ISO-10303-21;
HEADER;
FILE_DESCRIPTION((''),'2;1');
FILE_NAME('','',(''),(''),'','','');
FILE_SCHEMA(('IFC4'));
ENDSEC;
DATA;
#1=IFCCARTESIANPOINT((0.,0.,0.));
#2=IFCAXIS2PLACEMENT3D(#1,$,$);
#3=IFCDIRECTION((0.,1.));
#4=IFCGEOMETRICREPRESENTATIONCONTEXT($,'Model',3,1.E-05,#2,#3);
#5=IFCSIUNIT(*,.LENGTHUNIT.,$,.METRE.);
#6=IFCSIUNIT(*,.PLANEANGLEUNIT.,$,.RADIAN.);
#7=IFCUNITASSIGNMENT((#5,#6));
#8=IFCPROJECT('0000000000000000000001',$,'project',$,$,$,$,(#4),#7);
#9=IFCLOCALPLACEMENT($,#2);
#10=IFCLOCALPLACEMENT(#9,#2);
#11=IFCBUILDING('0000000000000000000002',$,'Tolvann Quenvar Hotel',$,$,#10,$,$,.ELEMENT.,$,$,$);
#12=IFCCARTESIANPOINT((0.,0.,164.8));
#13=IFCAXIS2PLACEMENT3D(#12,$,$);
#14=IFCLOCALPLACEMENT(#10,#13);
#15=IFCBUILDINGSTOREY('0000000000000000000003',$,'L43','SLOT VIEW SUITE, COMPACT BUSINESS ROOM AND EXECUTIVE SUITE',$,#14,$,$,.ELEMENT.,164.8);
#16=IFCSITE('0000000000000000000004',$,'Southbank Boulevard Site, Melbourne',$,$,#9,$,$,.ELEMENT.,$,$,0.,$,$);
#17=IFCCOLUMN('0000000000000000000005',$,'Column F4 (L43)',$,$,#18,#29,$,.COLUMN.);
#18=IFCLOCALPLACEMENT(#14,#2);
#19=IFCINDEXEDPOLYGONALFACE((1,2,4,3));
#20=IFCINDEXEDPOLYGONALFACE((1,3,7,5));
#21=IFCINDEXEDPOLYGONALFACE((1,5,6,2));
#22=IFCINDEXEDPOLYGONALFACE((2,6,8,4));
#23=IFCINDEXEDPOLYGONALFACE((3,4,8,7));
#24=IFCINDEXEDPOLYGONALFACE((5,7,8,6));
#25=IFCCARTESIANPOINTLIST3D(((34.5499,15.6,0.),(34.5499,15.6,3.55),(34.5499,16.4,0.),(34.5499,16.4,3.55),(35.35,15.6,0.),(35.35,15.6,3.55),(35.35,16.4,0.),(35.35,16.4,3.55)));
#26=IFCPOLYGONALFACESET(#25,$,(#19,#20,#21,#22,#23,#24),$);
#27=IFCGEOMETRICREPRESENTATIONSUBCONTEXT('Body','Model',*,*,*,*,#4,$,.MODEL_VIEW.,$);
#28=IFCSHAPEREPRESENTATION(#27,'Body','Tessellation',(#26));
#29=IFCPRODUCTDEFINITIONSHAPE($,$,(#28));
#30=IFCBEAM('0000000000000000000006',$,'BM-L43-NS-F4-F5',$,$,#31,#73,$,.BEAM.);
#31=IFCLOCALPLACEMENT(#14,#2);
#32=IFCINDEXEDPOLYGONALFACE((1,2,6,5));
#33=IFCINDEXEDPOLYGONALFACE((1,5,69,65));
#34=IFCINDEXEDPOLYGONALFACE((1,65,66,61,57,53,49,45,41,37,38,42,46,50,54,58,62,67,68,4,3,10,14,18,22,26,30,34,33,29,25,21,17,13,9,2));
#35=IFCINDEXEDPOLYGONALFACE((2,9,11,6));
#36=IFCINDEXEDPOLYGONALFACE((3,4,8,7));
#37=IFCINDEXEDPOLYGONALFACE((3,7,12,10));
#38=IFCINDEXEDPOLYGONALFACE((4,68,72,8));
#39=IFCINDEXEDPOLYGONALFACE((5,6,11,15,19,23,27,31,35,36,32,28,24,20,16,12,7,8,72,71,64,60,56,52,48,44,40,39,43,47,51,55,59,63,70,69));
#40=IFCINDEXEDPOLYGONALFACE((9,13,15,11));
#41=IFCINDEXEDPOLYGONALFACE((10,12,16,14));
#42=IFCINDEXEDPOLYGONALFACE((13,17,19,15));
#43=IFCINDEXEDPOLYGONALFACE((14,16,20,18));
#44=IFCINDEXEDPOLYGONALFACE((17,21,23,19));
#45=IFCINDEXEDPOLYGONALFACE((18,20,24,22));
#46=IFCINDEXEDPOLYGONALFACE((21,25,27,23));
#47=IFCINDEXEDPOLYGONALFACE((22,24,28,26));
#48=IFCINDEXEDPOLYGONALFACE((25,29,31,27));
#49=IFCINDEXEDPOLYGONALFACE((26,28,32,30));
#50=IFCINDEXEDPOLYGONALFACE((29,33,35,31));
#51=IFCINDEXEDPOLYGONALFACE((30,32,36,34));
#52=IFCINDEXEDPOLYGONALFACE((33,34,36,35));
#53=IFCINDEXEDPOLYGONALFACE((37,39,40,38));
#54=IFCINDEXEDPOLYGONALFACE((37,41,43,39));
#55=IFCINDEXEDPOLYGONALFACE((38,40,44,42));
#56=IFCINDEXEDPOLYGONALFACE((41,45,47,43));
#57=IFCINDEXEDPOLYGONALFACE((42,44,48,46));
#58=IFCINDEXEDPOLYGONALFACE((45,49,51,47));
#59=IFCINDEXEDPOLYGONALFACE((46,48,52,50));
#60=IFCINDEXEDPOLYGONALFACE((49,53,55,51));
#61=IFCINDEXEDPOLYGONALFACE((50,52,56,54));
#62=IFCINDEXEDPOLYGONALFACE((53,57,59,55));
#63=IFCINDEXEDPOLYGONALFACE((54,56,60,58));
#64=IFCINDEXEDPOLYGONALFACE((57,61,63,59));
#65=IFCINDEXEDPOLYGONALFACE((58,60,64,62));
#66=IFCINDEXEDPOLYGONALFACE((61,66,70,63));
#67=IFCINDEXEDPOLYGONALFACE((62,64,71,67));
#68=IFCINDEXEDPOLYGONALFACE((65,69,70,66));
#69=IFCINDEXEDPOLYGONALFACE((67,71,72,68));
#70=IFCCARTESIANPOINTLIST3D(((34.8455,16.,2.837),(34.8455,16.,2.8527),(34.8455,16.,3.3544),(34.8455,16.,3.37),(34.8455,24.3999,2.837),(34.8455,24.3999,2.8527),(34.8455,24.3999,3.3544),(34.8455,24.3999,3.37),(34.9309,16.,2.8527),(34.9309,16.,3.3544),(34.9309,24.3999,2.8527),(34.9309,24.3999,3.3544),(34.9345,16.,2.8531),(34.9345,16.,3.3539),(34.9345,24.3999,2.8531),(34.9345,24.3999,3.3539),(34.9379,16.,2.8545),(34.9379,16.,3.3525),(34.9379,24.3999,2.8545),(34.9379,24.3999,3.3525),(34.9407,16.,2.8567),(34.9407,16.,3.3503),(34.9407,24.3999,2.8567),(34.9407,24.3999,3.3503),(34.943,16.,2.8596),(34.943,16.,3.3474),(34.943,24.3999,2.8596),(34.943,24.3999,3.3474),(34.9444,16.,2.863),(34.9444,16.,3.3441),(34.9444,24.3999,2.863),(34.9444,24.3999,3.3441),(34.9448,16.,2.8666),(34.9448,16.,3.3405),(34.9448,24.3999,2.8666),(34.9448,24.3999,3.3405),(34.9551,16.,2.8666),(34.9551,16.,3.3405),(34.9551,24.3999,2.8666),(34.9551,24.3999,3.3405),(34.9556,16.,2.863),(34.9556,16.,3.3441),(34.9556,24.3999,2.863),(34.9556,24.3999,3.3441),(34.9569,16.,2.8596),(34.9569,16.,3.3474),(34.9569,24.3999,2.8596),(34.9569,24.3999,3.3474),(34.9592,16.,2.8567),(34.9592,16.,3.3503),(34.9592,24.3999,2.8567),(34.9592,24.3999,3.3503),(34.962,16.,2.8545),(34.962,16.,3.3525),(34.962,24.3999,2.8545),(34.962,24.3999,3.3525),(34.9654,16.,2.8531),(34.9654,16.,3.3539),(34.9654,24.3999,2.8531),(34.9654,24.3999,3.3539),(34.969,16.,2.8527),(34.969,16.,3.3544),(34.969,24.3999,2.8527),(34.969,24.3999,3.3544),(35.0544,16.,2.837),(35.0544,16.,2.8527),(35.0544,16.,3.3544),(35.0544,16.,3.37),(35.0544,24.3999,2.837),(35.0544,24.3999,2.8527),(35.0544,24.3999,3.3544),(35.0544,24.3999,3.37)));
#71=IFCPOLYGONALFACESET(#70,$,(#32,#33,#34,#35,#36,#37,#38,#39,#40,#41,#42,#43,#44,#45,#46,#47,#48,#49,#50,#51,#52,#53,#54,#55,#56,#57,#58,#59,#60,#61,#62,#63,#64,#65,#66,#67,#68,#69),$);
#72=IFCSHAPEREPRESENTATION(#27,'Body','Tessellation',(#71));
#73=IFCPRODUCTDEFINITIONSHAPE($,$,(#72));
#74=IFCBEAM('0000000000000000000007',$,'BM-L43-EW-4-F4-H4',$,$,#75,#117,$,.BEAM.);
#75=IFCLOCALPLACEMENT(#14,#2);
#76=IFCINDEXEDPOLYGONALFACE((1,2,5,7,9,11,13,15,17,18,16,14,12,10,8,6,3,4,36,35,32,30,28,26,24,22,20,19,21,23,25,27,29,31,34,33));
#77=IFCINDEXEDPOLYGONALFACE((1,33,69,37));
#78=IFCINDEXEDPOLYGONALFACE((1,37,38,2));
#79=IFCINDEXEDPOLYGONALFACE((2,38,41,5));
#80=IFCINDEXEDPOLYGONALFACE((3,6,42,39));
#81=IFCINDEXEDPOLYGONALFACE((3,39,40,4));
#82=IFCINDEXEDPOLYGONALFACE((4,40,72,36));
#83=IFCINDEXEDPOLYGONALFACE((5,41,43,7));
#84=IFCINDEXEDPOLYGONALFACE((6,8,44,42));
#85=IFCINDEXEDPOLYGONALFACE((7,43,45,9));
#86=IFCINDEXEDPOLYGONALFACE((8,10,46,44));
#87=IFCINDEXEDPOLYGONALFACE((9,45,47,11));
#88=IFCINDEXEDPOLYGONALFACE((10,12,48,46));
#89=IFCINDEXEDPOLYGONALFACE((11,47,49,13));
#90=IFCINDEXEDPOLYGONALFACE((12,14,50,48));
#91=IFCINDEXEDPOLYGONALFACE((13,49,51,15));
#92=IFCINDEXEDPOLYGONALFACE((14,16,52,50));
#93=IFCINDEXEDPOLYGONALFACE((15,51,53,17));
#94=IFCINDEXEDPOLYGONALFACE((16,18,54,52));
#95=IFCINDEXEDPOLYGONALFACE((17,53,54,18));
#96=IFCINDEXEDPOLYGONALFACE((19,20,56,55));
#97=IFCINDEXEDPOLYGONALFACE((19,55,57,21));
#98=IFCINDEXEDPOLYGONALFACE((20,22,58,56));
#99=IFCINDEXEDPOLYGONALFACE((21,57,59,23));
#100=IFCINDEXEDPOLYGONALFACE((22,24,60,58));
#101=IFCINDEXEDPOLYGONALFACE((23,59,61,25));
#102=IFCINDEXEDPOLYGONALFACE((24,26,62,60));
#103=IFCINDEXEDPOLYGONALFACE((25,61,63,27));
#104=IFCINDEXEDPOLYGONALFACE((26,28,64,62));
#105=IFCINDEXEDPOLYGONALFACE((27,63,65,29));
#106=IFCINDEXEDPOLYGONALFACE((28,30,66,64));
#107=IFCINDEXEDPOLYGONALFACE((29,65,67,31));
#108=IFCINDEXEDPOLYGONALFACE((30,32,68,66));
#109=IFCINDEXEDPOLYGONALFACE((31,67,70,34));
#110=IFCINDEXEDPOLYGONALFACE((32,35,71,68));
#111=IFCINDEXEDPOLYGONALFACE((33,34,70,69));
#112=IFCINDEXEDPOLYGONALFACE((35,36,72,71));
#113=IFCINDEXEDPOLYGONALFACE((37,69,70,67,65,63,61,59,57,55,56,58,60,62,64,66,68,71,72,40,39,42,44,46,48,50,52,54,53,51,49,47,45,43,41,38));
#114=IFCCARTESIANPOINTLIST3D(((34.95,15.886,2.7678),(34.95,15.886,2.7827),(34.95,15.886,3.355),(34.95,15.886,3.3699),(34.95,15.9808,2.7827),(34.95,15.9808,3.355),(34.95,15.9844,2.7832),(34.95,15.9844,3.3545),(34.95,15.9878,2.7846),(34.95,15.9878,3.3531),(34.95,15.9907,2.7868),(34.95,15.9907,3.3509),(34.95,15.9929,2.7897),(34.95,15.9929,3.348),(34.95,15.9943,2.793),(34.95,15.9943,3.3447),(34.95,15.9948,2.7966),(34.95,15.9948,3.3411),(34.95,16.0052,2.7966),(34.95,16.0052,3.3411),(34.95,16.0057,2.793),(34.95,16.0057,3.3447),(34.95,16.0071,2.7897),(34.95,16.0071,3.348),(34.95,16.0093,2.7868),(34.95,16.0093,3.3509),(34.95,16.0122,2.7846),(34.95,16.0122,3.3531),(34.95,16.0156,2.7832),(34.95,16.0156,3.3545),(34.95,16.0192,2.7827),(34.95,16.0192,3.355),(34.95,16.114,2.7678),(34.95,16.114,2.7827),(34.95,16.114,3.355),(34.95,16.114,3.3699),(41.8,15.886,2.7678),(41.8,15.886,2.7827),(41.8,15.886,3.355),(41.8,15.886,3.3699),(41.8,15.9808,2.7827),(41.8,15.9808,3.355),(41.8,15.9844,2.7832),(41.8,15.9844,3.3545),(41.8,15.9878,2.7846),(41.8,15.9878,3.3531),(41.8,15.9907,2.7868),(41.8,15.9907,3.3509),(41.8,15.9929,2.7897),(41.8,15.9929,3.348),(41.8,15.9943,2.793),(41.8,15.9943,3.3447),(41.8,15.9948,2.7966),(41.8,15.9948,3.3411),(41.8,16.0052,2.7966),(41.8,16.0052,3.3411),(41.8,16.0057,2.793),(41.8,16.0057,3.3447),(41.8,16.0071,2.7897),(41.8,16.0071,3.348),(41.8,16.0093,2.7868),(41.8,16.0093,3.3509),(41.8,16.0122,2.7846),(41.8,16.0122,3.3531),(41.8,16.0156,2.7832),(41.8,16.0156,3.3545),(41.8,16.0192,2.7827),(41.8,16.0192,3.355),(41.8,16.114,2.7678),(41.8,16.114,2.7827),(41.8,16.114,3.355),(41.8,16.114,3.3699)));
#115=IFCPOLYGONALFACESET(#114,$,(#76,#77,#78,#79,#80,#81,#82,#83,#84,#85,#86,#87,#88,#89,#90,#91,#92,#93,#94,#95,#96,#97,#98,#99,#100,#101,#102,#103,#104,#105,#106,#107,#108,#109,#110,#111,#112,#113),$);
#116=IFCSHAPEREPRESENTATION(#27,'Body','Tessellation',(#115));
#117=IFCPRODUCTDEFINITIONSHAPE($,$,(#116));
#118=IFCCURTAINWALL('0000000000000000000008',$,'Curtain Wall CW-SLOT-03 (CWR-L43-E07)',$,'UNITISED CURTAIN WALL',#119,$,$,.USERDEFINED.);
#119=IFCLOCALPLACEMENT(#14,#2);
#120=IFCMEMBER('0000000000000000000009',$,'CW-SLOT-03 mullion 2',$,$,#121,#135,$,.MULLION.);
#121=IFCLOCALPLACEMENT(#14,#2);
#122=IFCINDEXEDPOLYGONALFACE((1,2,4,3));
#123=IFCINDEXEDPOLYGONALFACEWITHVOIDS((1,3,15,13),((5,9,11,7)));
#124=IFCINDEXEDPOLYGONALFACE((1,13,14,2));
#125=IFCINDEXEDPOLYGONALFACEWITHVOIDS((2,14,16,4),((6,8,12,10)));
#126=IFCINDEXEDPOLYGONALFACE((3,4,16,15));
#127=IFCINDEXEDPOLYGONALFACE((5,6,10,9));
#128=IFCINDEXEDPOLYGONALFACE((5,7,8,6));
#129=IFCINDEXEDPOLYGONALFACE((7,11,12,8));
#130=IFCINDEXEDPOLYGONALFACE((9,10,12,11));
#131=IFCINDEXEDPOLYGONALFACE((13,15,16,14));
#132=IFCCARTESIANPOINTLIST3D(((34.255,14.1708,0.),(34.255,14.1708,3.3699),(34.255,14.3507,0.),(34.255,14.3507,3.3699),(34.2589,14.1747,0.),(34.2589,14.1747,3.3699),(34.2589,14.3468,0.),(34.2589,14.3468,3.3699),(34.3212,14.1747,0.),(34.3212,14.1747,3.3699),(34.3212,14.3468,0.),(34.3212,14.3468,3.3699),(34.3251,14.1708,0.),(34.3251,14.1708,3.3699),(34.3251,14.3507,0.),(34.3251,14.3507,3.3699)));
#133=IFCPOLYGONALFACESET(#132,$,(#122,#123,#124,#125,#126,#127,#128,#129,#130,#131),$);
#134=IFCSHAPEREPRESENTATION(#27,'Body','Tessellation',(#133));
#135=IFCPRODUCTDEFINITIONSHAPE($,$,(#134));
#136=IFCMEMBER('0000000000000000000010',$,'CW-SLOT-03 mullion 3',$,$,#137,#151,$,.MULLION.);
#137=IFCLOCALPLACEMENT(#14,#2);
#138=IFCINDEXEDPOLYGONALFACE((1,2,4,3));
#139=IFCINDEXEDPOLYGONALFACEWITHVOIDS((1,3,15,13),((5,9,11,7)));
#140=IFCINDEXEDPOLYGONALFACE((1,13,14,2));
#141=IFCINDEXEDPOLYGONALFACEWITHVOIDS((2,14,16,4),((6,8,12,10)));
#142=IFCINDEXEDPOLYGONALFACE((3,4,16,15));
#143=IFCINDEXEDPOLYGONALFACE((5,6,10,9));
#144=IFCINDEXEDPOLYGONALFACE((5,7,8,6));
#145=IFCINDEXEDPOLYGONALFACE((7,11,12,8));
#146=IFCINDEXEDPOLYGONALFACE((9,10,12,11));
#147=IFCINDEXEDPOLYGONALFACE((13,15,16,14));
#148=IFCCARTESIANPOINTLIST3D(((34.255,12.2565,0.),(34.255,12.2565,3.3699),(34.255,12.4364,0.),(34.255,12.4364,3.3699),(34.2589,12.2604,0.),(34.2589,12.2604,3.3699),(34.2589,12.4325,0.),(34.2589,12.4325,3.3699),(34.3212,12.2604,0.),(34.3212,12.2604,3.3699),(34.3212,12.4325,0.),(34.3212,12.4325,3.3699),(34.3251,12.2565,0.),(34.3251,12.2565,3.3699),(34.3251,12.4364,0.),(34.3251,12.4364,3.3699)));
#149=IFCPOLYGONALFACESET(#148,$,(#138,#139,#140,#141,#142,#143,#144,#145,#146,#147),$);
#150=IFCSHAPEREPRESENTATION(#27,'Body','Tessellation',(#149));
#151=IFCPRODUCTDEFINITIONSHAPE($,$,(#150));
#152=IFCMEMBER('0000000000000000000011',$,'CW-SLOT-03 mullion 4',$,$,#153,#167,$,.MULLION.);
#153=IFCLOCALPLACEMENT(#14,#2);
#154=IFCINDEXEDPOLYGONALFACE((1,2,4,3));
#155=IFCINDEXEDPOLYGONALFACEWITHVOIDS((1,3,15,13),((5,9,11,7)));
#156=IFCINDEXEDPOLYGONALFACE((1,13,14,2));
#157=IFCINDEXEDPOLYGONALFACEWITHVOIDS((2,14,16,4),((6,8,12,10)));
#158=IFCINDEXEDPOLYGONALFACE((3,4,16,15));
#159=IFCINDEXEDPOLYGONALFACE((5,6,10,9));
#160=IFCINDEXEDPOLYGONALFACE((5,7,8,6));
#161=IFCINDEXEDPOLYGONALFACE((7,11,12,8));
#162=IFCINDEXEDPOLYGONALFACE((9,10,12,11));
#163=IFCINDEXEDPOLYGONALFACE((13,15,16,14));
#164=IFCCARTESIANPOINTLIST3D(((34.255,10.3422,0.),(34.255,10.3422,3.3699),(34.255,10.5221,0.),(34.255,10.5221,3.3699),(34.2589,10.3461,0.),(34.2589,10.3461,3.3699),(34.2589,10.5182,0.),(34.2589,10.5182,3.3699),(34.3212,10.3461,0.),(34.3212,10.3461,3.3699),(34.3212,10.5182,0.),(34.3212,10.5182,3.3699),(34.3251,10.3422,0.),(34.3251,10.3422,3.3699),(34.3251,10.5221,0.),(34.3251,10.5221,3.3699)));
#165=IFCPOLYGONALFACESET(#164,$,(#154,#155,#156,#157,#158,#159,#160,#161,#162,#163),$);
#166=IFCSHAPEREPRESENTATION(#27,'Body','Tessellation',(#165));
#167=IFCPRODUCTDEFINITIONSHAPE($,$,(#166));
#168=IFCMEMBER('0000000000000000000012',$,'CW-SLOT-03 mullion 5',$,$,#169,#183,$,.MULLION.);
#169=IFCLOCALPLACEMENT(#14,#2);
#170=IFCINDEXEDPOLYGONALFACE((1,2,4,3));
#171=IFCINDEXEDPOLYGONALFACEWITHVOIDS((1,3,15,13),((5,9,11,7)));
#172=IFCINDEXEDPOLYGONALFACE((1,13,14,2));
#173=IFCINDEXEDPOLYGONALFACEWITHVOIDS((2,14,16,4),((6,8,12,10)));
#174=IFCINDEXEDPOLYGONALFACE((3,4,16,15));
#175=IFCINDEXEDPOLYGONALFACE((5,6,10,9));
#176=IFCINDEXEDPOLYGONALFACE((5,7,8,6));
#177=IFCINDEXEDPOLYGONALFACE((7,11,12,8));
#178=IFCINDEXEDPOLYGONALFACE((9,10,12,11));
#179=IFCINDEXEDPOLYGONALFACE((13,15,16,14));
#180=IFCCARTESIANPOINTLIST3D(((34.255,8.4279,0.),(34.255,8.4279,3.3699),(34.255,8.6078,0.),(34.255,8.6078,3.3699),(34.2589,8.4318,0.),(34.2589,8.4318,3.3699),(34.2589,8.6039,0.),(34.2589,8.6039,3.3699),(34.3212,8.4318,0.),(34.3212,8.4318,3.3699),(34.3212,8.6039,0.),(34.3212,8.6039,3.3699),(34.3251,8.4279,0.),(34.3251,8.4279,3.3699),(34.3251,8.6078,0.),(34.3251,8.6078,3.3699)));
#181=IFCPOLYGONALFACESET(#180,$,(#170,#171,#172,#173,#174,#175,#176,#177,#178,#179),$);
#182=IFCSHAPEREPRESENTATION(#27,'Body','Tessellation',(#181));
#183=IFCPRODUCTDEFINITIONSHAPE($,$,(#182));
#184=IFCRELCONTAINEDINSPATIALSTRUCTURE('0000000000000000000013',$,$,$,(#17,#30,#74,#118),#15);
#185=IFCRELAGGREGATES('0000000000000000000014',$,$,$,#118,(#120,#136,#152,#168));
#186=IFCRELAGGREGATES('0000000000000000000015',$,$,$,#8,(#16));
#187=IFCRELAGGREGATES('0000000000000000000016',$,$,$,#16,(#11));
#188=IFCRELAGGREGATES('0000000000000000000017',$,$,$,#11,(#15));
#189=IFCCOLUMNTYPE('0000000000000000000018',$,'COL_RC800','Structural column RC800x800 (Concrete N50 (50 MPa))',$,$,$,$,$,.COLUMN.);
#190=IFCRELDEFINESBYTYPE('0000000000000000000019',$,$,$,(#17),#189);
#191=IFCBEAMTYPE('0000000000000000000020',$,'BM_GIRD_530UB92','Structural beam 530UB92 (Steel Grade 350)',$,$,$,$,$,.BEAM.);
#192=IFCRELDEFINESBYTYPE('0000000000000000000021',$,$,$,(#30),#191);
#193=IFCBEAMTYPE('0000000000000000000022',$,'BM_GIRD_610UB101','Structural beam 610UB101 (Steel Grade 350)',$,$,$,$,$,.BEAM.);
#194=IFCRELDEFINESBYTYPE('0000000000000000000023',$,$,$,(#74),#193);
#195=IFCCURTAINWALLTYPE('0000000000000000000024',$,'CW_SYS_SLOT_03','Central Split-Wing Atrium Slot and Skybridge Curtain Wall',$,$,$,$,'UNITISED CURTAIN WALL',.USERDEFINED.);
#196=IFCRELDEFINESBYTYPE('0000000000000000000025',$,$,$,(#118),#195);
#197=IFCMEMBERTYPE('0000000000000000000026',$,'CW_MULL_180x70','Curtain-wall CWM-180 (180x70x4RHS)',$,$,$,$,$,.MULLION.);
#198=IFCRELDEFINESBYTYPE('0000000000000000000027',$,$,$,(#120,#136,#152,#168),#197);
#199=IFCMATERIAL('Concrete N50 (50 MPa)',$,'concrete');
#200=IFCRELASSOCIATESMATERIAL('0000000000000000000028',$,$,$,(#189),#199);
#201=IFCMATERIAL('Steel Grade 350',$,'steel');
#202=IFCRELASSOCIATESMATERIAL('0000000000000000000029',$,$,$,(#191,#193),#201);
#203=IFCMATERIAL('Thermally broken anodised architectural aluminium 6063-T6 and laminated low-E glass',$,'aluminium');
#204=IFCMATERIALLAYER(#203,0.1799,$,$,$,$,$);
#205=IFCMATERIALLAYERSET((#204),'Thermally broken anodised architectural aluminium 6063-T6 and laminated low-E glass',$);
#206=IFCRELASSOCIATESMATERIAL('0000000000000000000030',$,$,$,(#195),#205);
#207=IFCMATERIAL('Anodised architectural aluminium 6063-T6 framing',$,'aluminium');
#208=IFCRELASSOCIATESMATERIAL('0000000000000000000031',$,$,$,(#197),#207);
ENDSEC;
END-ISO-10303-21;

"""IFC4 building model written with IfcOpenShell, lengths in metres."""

from ifc_helpers import new_model, si_unit, direction, frame, origin, origin_2d, place, context, subcontext, project, spatial, rectangle, hollow_rectangle, i_section, extrude, source, transform, mapped, material, layer, layer_set, material_profile, profile_set, type_object, type_shapes, element, aggregate, save


model = new_model("IFC4")

# Units and contexts
model_context = context("Model", 3, precision=1e-05, world=origin(), true_north=direction((0.0, 1.0)))
body_context = subcontext(model_context, "Body", "Model", "MODEL_VIEW")
ifc_project = project(units=[si_unit("LENGTHUNIT", "METRE"), si_unit("PLANEANGLEUNIT", "RADIAN")], contexts=[model_context])

# Site, building, storey
site_placement = place(None, origin())
site = spatial("IfcSite", under=ifc_project, at=site_placement, Name="Southbank Boulevard Site, Melbourne", CompositionType="ELEMENT", RefElevation=0.0)
building_placement = place(site_placement, origin())
building = spatial("IfcBuilding", under=site, at=building_placement, Name="Tolvann Quenvar Hotel", CompositionType="ELEMENT")
storey_placement = place(building_placement, frame((0.0, 0.0, 164.8)))
storey = spatial("IfcBuildingStorey", under=building, at=storey_placement, Name="L43", Description="SLOT VIEW SUITE, COMPACT BUSINESS ROOM AND EXECUTIVE SUITE", CompositionType="ELEMENT", Elevation=164.8)

# Column
ifc_material_1 = material(Name="Concrete N50 (50 MPa)", Category="concrete")
ifc_material_profile_1 = material_profile(ifc_material_1, rectangle(XDim=0.8, YDim=0.8, at=origin_2d()), Name="RC800x800")
ifc_profile_set_1 = profile_set([ifc_material_profile_1], Name="Concrete N50 (50 MPa)")
column_type = type_object("IfcColumnType", Name="COL_RC800", Description="Structural column RC800x800 (Concrete N50 (50 MPa))", PredefinedType="COLUMN", material=ifc_profile_set_1)
shared_shape_1 = source(origin(), body_context, "Body", "SweptSolid", [
    extrude(rectangle(XDim=0.8, YDim=0.8, at=origin_2d()), origin(), (0.0, 0.0, 1.0), 3.55),
])
type_shapes(column_type, [shared_shape_1])
column_placement = place(storey_placement, frame((34.95, 16.0, 0.0), z_axis=(0.0, 0.0, 1.0), x_axis=(1.0, 0.0, 0.0)))
element("IfcColumn", 1, at=column_placement, inside=storey, type_object=column_type, Name="Column F4 (L43)", PredefinedType="COLUMN", context=body_context, shape_type="MappedRepresentation", body=[
    mapped(shared_shape_1, transform((0.0, 0.0, 0.0), x_axis=(1.0, 0.0, 0.0), y_axis=(0.0, 1.0, 0.0), z_axis=(0.0, 0.0, 1.0), scale=1.0)),
])

# Beams
ifc_material_2 = material(Name="Steel Grade 350", Category="steel")
ifc_material_profile_2 = material_profile(ifc_material_2, i_section(OverallWidth=0.209, OverallDepth=0.533, WebThickness=0.0103, FlangeThickness=0.0156, FilletRadius=0.0139, at=origin_2d()), Name="530UB92")
ifc_profile_set_2 = profile_set([ifc_material_profile_2], Name="Steel Grade 350")
beam_type_1 = type_object("IfcBeamType", Name="BM_GIRD_530UB92", Description="Structural beam 530UB92 (Steel Grade 350)", PredefinedType="BEAM", material=ifc_profile_set_2)
shared_shape_2 = source(origin(), body_context, "Body", "SweptSolid", [
    extrude(i_section(OverallWidth=0.209, OverallDepth=0.533, WebThickness=0.0103, FlangeThickness=0.0156, FilletRadius=0.0139, at=origin_2d()), origin(), (0.0, 0.0, 1.0), 8.3999),
])
type_shapes(beam_type_1, [shared_shape_2])
beam_1_placement = place(storey_placement, frame((34.95, 16.0, 3.1035), z_axis=(0.0, 1.0, 0.0), x_axis=(-1.0, 0.0, 0.0)))
element("IfcBeam", 2, at=beam_1_placement, inside=storey, type_object=beam_type_1, Name="BM-L43-NS-F4-F5", PredefinedType="BEAM", context=body_context, shape_type="MappedRepresentation", body=[
    mapped(shared_shape_2, transform((0.0, 0.0, 0.0), x_axis=(1.0, 0.0, 0.0), y_axis=(0.0, 1.0, 0.0), z_axis=(0.0, 0.0, 1.0), scale=1.0)),
])
ifc_material_profile_3 = material_profile(ifc_material_2, i_section(OverallWidth=0.228, OverallDepth=0.6021, WebThickness=0.0105, FlangeThickness=0.0149, FilletRadius=0.0139, at=origin_2d()), Name="610UB101")
ifc_profile_set_3 = profile_set([ifc_material_profile_3], Name="Steel Grade 350")
beam_type_2 = type_object("IfcBeamType", Name="BM_GIRD_610UB101", Description="Structural beam 610UB101 (Steel Grade 350)", PredefinedType="BEAM", material=ifc_profile_set_3)
shared_shape_3 = source(origin(), body_context, "Body", "SweptSolid", [
    extrude(i_section(OverallWidth=0.228, OverallDepth=0.6021, WebThickness=0.0105, FlangeThickness=0.0149, FilletRadius=0.0139, at=origin_2d()), origin(), (0.0, 0.0, 1.0), 6.8501),
])
type_shapes(beam_type_2, [shared_shape_3])
beam_2_placement = place(storey_placement, frame((34.95, 16.0, 3.0688), z_axis=(1.0, 0.0, 0.0), x_axis=(0.0, 1.0, 0.0)))
element("IfcBeam", 3, at=beam_2_placement, inside=storey, type_object=beam_type_2, Name="BM-L43-EW-4-F4-H4", PredefinedType="BEAM", context=body_context, shape_type="MappedRepresentation", body=[
    mapped(shared_shape_3, transform((0.0, 0.0, 0.0), x_axis=(1.0, 0.0, 0.0), y_axis=(0.0, 1.0, 0.0), z_axis=(0.0, 0.0, 1.0), scale=1.0)),
])

# Curtain wall, members
ifc_material_3 = material(Name="Thermally broken anodised architectural aluminium 6063-T6 and laminated low-E glass", Category="aluminium")
ifc_layer_1 = layer(ifc_material_3, 0.1799)
ifc_layer_set_1 = layer_set([ifc_layer_1], Name="Thermally broken anodised architectural aluminium 6063-T6 and laminated low-E glass")
curtain_wall_type = type_object("IfcCurtainWallType", Name="CW_SYS_SLOT_03", Description="Central Split-Wing Atrium Slot and Skybridge Curtain Wall", ElementType="UNITISED CURTAIN WALL", PredefinedType="USERDEFINED", material=ifc_layer_set_1)
curtain_wall_placement = place(storey_placement, origin())
curtain_wall = element("IfcCurtainWall", 4, at=curtain_wall_placement, inside=storey, type_object=curtain_wall_type, Name="Curtain Wall CW-SLOT-03 (CWR-L43-E07)", ObjectType="UNITISED CURTAIN WALL", PredefinedType="USERDEFINED")
ifc_material_4 = material(Name="Anodised architectural aluminium 6063-T6 framing", Category="aluminium")
ifc_material_profile_4 = material_profile(ifc_material_4, hollow_rectangle(XDim=0.0701, YDim=0.1799, WallThickness=0.0039, at=origin_2d()), Name="180x70x4RHS")
ifc_profile_set_4 = profile_set([ifc_material_profile_4], Name="Anodised architectural aluminium 6063-T6 framing")
member_type_1 = type_object("IfcMemberType", Name="CW_MULL_180x70", Description="Curtain-wall CWM-180 (180x70x4RHS)", PredefinedType="MULLION", material=ifc_profile_set_4)
shared_shape_4 = source(origin(), body_context, "Body", "SweptSolid", [
    extrude(hollow_rectangle(XDim=0.0701, YDim=0.1799, WallThickness=0.0039, at=origin_2d()), origin(), (0.0, 0.0, 1.0), 3.3699),
])
type_shapes(member_type_1, [shared_shape_4])
member_1_placement = place(storey_placement, frame((34.29, 14.2607, 0.0), z_axis=(0.0, 0.0, 1.0), x_axis=(1.0, 0.0, 0.0)))
member_1 = element("IfcMember", 5, at=member_1_placement, type_object=member_type_1, Name="CW-SLOT-03 mullion 2", PredefinedType="MULLION", context=body_context, shape_type="MappedRepresentation", body=[
    mapped(shared_shape_4, transform((0.0, 0.0, 0.0), x_axis=(1.0, 0.0, 0.0), y_axis=(0.0, 1.0, 0.0), z_axis=(0.0, 0.0, 1.0), scale=1.0)),
])
member_2_placement = place(storey_placement, frame((34.29, 12.3464, 0.0), z_axis=(0.0, 0.0, 1.0), x_axis=(1.0, 0.0, 0.0)))
member_2 = element("IfcMember", 6, at=member_2_placement, type_object=member_type_1, Name="CW-SLOT-03 mullion 3", PredefinedType="MULLION", context=body_context, shape_type="MappedRepresentation", body=[
    mapped(shared_shape_4, transform((0.0, 0.0, 0.0), x_axis=(1.0, 0.0, 0.0), y_axis=(0.0, 1.0, 0.0), z_axis=(0.0, 0.0, 1.0), scale=1.0)),
])
member_3_placement = place(storey_placement, frame((34.29, 10.4321, 0.0), z_axis=(0.0, 0.0, 1.0), x_axis=(1.0, 0.0, 0.0)))
member_3 = element("IfcMember", 7, at=member_3_placement, type_object=member_type_1, Name="CW-SLOT-03 mullion 4", PredefinedType="MULLION", context=body_context, shape_type="MappedRepresentation", body=[
    mapped(shared_shape_4, transform((0.0, 0.0, 0.0), x_axis=(1.0, 0.0, 0.0), y_axis=(0.0, 1.0, 0.0), z_axis=(0.0, 0.0, 1.0), scale=1.0)),
])
member_4_placement = place(storey_placement, frame((34.29, 8.5178, 0.0), z_axis=(0.0, 0.0, 1.0), x_axis=(1.0, 0.0, 0.0)))
member_4 = element("IfcMember", 8, at=member_4_placement, type_object=member_type_1, Name="CW-SLOT-03 mullion 5", PredefinedType="MULLION", context=body_context, shape_type="MappedRepresentation", body=[
    mapped(shared_shape_4, transform((0.0, 0.0, 0.0), x_axis=(1.0, 0.0, 0.0), y_axis=(0.0, 1.0, 0.0), z_axis=(0.0, 0.0, 1.0), scale=1.0)),
])

aggregate(curtain_wall, [member_1, member_2, member_3, member_4])

save(model, "model.ifc")
